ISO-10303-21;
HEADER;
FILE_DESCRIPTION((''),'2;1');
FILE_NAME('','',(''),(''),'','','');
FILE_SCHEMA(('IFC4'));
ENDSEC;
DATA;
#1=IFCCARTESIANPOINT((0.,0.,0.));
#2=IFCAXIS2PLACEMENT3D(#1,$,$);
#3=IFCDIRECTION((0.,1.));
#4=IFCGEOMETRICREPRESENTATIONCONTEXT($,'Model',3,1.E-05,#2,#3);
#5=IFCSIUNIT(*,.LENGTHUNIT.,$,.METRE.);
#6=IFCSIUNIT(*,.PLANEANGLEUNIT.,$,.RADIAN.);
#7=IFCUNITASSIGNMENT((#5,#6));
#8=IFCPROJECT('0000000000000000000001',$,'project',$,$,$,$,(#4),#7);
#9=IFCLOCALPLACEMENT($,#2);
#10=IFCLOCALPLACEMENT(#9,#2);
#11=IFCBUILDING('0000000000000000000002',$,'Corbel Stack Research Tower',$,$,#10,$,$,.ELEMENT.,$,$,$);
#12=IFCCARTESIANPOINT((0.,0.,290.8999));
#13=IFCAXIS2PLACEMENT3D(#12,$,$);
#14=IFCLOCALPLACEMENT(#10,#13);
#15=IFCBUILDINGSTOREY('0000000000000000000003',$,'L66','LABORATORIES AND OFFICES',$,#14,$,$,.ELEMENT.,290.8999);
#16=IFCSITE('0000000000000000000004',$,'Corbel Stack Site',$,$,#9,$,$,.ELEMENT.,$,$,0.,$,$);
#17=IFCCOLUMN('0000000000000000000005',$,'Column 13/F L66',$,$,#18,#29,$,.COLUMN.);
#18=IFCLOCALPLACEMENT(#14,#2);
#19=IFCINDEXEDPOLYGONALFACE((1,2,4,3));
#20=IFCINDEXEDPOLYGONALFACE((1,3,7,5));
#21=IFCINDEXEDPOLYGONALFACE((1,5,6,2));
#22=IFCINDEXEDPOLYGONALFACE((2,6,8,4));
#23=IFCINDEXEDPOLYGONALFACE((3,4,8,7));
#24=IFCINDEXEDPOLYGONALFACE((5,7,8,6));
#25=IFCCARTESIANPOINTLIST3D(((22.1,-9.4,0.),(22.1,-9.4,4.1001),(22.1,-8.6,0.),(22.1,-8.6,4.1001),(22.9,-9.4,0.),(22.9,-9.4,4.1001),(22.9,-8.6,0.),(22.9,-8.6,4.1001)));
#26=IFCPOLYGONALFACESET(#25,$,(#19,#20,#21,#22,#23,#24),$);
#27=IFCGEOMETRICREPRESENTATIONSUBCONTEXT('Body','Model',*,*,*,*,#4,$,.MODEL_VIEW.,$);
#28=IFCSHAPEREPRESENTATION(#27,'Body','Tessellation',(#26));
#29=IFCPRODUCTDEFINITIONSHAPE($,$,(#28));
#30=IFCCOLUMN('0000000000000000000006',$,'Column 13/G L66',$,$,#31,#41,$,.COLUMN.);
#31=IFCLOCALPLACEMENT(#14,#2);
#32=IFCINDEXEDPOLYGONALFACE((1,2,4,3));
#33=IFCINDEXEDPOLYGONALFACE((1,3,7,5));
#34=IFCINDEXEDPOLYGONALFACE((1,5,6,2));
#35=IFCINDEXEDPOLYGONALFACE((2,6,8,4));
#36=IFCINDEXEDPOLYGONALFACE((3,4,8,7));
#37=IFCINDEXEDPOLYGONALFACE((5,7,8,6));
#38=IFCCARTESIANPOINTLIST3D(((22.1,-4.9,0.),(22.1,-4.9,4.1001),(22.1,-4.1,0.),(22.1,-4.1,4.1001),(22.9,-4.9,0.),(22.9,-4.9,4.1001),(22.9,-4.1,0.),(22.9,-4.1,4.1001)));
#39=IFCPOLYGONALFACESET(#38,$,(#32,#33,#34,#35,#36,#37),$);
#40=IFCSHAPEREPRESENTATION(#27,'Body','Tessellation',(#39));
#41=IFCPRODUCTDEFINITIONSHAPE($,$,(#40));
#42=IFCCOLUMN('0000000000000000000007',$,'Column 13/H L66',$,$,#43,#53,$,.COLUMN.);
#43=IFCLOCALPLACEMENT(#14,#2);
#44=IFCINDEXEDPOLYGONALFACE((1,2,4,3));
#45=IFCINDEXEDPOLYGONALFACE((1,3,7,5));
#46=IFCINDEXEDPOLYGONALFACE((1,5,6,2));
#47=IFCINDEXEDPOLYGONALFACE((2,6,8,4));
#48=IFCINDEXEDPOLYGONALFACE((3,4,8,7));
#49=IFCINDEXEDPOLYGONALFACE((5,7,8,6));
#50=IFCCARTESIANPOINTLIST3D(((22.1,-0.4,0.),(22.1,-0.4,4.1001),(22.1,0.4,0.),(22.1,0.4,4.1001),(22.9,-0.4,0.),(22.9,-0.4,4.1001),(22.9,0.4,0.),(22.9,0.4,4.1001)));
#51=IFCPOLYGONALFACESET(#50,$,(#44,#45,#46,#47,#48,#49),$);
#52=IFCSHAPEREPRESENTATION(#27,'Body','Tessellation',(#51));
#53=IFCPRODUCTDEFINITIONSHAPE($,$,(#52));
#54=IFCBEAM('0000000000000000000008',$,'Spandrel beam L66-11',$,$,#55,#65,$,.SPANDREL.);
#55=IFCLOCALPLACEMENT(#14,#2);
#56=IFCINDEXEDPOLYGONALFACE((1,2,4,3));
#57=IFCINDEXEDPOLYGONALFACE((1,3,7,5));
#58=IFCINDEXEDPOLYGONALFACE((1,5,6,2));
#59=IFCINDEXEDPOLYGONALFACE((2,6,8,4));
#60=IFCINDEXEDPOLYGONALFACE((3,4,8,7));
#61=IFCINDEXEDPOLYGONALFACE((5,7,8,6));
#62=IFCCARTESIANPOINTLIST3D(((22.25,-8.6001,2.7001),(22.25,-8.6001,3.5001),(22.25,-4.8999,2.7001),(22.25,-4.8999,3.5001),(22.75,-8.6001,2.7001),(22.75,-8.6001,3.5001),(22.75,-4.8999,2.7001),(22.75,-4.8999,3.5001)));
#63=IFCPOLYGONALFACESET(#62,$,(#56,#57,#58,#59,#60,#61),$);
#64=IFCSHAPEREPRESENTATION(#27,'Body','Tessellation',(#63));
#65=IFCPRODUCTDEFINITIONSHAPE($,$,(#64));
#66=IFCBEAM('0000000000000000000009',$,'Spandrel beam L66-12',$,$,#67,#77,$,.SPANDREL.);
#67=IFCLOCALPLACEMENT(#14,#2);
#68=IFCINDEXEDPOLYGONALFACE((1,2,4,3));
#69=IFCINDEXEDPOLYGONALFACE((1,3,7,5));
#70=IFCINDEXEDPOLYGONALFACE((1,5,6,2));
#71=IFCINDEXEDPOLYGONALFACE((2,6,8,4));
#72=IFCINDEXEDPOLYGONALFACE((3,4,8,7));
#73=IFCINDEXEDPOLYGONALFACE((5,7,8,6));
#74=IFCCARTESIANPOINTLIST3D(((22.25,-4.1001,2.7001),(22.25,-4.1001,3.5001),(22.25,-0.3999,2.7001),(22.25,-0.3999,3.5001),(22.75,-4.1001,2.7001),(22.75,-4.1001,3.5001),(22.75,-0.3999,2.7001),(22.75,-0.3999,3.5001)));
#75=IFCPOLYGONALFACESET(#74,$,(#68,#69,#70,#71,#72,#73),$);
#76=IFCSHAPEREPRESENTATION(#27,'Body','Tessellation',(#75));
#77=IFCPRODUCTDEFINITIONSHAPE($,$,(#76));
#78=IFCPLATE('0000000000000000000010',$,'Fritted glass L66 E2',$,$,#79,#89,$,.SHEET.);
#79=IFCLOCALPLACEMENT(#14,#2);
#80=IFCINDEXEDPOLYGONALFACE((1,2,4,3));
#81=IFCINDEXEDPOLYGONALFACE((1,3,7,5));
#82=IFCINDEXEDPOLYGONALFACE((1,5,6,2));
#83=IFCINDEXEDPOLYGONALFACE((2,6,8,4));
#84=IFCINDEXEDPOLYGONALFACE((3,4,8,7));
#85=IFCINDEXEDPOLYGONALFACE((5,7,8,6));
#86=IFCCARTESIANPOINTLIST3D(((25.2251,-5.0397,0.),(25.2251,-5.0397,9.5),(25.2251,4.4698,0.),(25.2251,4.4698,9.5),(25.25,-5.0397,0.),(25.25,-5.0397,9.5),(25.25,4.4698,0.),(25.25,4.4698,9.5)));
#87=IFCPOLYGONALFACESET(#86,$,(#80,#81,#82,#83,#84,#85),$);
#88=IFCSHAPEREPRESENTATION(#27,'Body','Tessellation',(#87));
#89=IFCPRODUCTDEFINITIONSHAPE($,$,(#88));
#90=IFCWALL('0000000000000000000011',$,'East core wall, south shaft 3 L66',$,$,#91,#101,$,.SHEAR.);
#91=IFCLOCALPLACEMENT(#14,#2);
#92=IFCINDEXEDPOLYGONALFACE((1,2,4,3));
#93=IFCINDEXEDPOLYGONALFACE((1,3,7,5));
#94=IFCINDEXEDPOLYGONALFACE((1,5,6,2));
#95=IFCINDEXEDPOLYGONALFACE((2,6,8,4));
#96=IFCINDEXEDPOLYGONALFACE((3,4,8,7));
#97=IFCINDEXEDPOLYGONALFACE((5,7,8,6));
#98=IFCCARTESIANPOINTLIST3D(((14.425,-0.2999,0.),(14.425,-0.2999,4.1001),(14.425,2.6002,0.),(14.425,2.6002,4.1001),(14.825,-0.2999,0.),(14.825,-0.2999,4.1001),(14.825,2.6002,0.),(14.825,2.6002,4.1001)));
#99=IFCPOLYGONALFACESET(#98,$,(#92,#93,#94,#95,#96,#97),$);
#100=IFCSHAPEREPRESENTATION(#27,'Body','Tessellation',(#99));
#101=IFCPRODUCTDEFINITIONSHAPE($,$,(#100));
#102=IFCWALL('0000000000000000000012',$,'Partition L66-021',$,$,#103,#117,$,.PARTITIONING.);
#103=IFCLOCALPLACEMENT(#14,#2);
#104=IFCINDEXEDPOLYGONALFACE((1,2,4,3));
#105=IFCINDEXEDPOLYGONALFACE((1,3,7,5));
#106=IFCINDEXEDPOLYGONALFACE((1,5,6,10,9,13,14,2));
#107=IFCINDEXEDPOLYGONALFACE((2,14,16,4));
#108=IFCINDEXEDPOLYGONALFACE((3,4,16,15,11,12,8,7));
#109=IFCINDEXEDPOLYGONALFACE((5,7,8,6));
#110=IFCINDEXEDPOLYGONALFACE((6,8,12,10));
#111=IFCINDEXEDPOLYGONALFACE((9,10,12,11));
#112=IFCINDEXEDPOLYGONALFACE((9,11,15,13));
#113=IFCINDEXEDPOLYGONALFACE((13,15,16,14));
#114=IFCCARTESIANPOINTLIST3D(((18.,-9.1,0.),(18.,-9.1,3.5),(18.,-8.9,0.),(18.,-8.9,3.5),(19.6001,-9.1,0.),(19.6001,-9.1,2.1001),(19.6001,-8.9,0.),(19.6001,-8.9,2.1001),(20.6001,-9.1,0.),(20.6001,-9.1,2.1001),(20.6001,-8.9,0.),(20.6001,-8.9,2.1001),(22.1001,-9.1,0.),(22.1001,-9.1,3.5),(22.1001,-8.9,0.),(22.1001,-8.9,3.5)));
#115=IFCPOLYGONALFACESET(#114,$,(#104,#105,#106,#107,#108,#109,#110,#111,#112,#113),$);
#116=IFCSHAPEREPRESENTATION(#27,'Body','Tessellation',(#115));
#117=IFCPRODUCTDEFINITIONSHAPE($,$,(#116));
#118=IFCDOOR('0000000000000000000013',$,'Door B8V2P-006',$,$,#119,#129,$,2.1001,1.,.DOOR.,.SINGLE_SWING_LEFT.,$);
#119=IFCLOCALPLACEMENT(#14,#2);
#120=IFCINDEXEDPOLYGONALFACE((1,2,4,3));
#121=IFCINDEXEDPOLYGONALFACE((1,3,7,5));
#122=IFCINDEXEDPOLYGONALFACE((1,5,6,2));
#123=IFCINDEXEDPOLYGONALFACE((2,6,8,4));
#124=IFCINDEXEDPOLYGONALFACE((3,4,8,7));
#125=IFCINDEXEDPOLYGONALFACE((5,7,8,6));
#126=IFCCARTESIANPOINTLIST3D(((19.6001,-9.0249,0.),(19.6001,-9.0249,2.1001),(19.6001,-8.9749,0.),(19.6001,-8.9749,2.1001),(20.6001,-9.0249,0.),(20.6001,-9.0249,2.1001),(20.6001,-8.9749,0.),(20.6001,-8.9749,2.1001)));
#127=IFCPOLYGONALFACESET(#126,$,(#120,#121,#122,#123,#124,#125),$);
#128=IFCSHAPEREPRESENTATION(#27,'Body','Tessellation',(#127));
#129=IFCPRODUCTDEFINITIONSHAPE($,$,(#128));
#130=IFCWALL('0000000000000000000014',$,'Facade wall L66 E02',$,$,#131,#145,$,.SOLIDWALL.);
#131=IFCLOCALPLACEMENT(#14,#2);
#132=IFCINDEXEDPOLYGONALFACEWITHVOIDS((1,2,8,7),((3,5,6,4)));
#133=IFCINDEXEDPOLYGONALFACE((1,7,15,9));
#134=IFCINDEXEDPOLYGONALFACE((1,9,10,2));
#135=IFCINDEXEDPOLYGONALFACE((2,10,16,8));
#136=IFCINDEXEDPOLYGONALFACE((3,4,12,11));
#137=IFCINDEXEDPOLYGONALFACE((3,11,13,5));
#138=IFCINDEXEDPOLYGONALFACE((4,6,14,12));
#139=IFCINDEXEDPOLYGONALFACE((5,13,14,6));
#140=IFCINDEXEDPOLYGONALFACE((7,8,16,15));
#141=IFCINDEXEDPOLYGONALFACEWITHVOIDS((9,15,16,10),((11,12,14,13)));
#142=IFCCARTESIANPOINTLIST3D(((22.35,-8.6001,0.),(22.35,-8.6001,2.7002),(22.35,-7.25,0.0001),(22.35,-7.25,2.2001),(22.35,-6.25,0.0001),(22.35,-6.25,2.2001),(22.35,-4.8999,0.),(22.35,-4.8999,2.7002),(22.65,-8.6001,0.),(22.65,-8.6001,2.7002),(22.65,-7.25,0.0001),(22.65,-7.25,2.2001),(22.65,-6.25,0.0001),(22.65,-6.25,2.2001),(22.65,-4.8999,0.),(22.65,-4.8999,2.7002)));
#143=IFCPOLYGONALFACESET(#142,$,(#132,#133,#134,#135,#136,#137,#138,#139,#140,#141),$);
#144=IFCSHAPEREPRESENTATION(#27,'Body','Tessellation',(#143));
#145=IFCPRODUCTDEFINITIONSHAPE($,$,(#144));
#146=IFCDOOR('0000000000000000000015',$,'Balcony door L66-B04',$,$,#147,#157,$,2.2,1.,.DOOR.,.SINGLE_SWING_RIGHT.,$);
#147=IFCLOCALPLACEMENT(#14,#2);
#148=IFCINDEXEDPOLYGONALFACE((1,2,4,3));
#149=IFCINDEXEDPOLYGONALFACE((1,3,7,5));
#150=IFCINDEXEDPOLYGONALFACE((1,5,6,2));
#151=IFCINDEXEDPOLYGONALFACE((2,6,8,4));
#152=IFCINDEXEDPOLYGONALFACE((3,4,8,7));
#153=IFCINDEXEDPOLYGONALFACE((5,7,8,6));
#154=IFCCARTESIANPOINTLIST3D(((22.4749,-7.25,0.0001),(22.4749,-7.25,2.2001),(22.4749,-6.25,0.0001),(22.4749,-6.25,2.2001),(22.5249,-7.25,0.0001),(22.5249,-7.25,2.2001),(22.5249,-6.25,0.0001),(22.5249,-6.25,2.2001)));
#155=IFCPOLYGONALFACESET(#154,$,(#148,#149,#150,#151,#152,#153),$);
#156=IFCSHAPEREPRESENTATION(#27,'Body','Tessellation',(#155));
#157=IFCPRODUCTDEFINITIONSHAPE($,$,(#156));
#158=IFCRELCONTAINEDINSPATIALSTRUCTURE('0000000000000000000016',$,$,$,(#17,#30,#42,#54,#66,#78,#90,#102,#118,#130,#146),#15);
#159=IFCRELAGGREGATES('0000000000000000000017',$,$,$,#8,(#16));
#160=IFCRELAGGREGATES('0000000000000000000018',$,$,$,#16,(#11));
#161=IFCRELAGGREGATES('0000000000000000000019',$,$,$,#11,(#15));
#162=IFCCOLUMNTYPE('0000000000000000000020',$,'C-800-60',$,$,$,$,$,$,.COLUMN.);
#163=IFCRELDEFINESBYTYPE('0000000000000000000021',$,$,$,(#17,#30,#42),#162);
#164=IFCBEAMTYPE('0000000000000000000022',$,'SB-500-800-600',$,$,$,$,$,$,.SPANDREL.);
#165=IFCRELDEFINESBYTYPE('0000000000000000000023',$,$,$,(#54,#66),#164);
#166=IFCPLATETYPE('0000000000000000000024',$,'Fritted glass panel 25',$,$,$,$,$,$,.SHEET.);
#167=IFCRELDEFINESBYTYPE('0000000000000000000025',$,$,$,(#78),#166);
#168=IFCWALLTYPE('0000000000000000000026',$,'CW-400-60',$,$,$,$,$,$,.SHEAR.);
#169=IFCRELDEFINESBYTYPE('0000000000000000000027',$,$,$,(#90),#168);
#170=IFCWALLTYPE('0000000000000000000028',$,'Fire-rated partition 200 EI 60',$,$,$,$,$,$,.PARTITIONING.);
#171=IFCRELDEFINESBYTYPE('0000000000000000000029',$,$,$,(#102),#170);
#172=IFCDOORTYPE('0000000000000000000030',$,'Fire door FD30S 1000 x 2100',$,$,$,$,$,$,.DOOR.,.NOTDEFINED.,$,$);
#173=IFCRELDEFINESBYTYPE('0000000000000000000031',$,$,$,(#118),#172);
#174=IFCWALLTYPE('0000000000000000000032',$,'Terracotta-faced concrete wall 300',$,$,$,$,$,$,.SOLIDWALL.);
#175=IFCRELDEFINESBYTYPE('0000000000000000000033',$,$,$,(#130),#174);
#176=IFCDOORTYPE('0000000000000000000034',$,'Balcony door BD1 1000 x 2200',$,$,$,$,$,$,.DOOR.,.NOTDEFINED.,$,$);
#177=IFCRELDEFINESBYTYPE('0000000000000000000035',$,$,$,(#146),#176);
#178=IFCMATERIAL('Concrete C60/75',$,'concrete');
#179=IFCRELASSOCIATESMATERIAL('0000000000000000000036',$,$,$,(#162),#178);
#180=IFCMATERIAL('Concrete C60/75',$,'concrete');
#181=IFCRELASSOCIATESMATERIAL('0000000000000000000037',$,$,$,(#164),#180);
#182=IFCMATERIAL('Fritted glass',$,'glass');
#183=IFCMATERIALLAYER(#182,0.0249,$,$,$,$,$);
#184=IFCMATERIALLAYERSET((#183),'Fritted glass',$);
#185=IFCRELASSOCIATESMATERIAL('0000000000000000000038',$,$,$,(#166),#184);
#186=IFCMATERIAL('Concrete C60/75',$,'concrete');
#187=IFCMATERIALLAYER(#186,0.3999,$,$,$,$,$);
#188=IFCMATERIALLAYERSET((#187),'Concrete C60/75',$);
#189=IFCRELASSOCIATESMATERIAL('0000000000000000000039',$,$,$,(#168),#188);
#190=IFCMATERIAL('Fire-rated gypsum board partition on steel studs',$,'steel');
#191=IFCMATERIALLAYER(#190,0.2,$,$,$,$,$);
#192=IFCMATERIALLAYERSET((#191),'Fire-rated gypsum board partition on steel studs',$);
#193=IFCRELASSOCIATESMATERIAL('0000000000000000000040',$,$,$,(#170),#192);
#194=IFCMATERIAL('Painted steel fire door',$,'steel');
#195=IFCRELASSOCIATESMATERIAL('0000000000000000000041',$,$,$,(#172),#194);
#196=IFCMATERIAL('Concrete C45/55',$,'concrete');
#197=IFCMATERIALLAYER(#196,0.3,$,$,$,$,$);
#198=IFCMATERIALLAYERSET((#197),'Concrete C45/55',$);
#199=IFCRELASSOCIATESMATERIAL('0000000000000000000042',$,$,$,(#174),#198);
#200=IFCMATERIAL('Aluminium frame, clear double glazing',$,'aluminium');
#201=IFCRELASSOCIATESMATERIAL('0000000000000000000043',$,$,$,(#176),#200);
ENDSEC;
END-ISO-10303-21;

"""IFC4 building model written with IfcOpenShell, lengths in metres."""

from ifc_helpers import new_model, si_unit, direction, frame, frame_2d, origin, origin_2d, place, context, subcontext, project, spatial, rectangle, extrude, material, layer, layer_set, material_profile, profile_set, type_object, element, fill, save


model = new_model("IFC4")

# Units and contexts
model_context = context("Model", 3, precision=1e-05, world=origin(), true_north=direction((0.0, 1.0)))
body_context = subcontext(model_context, "Body", "Model", "MODEL_VIEW")
ifc_project = project(units=[si_unit("LENGTHUNIT", "METRE"), si_unit("PLANEANGLEUNIT", "RADIAN")], contexts=[model_context])

# Site, building, storey
site_placement = place(None, origin())
site = spatial("IfcSite", under=ifc_project, at=site_placement, Name="Corbel Stack Site", CompositionType="ELEMENT", RefElevation=0.0)
building_placement = place(site_placement, origin())
building = spatial("IfcBuilding", under=site, at=building_placement, Name="Corbel Stack Research Tower", CompositionType="ELEMENT")
storey_placement = place(building_placement, frame((0.0, 0.0, 290.8999)))
storey = spatial("IfcBuildingStorey", under=building, at=storey_placement, Name="L66", Description="LABORATORIES AND OFFICES", CompositionType="ELEMENT", Elevation=290.8999)

# Columns
ifc_material_1 = material(Name="Concrete C60/75", Category="concrete")
ifc_material_profile_1 = material_profile(ifc_material_1, rectangle(XDim=0.8, YDim=0.8, at=origin_2d()), Name="RC 800 x 800")
ifc_profile_set_1 = profile_set([ifc_material_profile_1], Name="Concrete C60/75")
column_type = type_object("IfcColumnType", Name="C-800-60", PredefinedType="COLUMN", material=ifc_profile_set_1)
for number, where, z_axis, x_axis, name in (
    (1, (22.5, -9.0, 0.0), (0.0, 0.0, 1.0), (1.0, 0.0, 0.0), "Column 13/F L66"),
    (2, (22.5, -4.5, 0.0), (0.0, 0.0, 1.0), (1.0, 0.0, 0.0), "Column 13/G L66"),
    (3, (22.5, 0.0, 0.0), (0.0, 0.0, 1.0), (1.0, 0.0, 0.0), "Column 13/H L66"),
):
    element("IfcColumn", number, at=place(storey_placement, frame(where, z_axis=z_axis, x_axis=x_axis)), inside=storey, type_object=column_type, Name=name, PredefinedType="COLUMN", context=body_context, shape_type="SweptSolid", body=[
        extrude(rectangle(XDim=0.8, YDim=0.8, at=origin_2d()), origin(), (0.0, 0.0, 1.0), 4.1001),
    ])

# Beams
ifc_material_2 = material(Name="Concrete C60/75", Category="concrete")
ifc_material_profile_2 = material_profile(ifc_material_2, rectangle(XDim=0.5, YDim=0.8, at=origin_2d()), Name="RC 500 x 800")
ifc_profile_set_2 = profile_set([ifc_material_profile_2], Name="Concrete C60/75")
beam_type = type_object("IfcBeamType", Name="SB-500-800-600", PredefinedType="SPANDREL", material=ifc_profile_set_2)
for number, where, z_axis, x_axis, name in (
    (4, (22.5, -8.6001, 3.1001), (0.0, 1.0, 0.0), (-1.0, 0.0, 0.0), "Spandrel beam L66-11"),
    (5, (22.5, -4.1001, 3.1001), (0.0, 1.0, 0.0), (-1.0, 0.0, 0.0), "Spandrel beam L66-12"),
):
    element("IfcBeam", number, at=place(storey_placement, frame(where, z_axis=z_axis, x_axis=x_axis)), inside=storey, type_object=beam_type, Name=name, PredefinedType="SPANDREL", context=body_context, shape_type="SweptSolid", body=[
        extrude(rectangle(XDim=0.5, YDim=0.8, at=origin_2d()), origin(), (0.0, 0.0, 1.0), 3.7002),
    ])

# Plate
ifc_material_3 = material(Name="Fritted glass", Category="glass")
ifc_layer_1 = layer(ifc_material_3, 0.0249)
ifc_layer_set_1 = layer_set([ifc_layer_1], Name="Fritted glass")
plate_type = type_object("IfcPlateType", Name="Fritted glass panel 25", PredefinedType="SHEET", material=ifc_layer_set_1)
plate_placement = place(storey_placement, frame((25.2375, -0.2849, 0.0), z_axis=(0.0, 0.0, 1.0), x_axis=(0.0, 1.0, 0.0)))
element("IfcPlate", 6, at=plate_placement, inside=storey, type_object=plate_type, Name="Fritted glass L66 E2", PredefinedType="SHEET", context=body_context, shape_type="SweptSolid", body=[
    extrude(rectangle(XDim=9.5095, YDim=0.0249, at=origin_2d()), origin(), (0.0, 0.0, 1.0), 9.5),
])

# Wall
ifc_material_4 = material(Name="Concrete C60/75", Category="concrete")
ifc_layer_2 = layer(ifc_material_4, 0.3999)
ifc_layer_set_2 = layer_set([ifc_layer_2], Name="Concrete C60/75")
wall_type_1 = type_object("IfcWallType", Name="CW-400-60", PredefinedType="SHEAR", material=ifc_layer_set_2)
wall_1_placement = place(storey_placement, frame((14.625, -0.3, 0.0), z_axis=(0.0, 0.0, 1.0), x_axis=(0.0, 1.0, 0.0)))
element("IfcWall", 7, at=wall_1_placement, inside=storey, type_object=wall_type_1, Name="East core wall, south shaft 3 L66", PredefinedType="SHEAR", context=body_context, shape_type="SweptSolid", body=[
    extrude(rectangle(XDim=2.9001, YDim=0.3999, at=frame_2d((1.4502, 0.0))), origin(), (0.0, 0.0, 1.0), 4.1001),
])

# Walls, openings, doors
ifc_material_5 = material(Name="Fire-rated gypsum board partition on steel studs", Category="steel")
ifc_layer_3 = layer(ifc_material_5, 0.2)
ifc_layer_set_3 = layer_set([ifc_layer_3], Name="Fire-rated gypsum board partition on steel studs")
wall_type_2 = type_object("IfcWallType", Name="Fire-rated partition 200 EI 60", PredefinedType="PARTITIONING", material=ifc_layer_set_3)
wall_2_placement = place(storey_placement, frame((22.1001, -9.0, 0.0), z_axis=(0.0, 0.0, 1.0), x_axis=(-1.0, 0.0, 0.0)))
wall_2 = element("IfcWall", 8, at=wall_2_placement, inside=storey, type_object=wall_type_2, Name="Partition L66-021", PredefinedType="PARTITIONING", context=body_context, shape_type="SweptSolid", body=[
    extrude(rectangle(XDim=4.1001, YDim=0.2, at=frame_2d((2.05, 0.0))), origin(), (0.0, 0.0, 1.0), 3.5),
])
opening_1_placement = place(wall_2_placement, frame((1.5, 0.0, 0.0)))
opening_1 = element("IfcOpeningElement", 9, at=opening_1_placement, cuts=wall_2, PredefinedType="OPENING", context=body_context, shape_type="SweptSolid", body=[
    extrude(rectangle(XDim=1.0, YDim=2.1001, at=frame_2d((0.5, 1.05))), frame((0.0, 0.1099, 0.0), z_axis=(0.0, -1.0, 0.0), x_axis=(1.0, 0.0, 0.0)), (0.0, 0.0, 1.0), 0.22),
])
ifc_material_6 = material(Name="Painted steel fire door", Category="steel")
door_type_1 = type_object("IfcDoorType", Name="Fire door FD30S 1000 x 2100", OperationType="NOTDEFINED", PredefinedType="DOOR", material=ifc_material_6)
door_1_placement = place(opening_1_placement, origin())
door_1 = element("IfcDoor", 10, at=door_1_placement, inside=storey, type_object=door_type_1, Name="Door B8V2P-006", OperationType="SINGLE_SWING_LEFT", OverallHeight=2.1001, OverallWidth=1.0, PredefinedType="DOOR", context=body_context, shape_type="SweptSolid", body=[
    extrude(rectangle(XDim=1.0, YDim=2.1001, at=frame_2d((0.5, 1.05))), frame((0.0, 0.0249, 0.0), z_axis=(0.0, -1.0, 0.0), x_axis=(1.0, 0.0, 0.0)), (0.0, 0.0, 1.0), 0.05),
])
fill(opening_1, door_1)
ifc_material_7 = material(Name="Concrete C45/55", Category="concrete")
ifc_layer_4 = layer(ifc_material_7, 0.3)
ifc_layer_set_4 = layer_set([ifc_layer_4], Name="Concrete C45/55")
wall_type_3 = type_object("IfcWallType", Name="Terracotta-faced concrete wall 300", PredefinedType="SOLIDWALL", material=ifc_layer_set_4)
wall_3_placement = place(storey_placement, frame((22.5, -4.8999, 0.0), z_axis=(0.0, 0.0, 1.0), x_axis=(0.0, -1.0, 0.0)))
wall_3 = element("IfcWall", 11, at=wall_3_placement, inside=storey, type_object=wall_type_3, Name="Facade wall L66 E02", PredefinedType="SOLIDWALL", context=body_context, shape_type="SweptSolid", body=[
    extrude(rectangle(XDim=3.7002, YDim=0.3, at=frame_2d((1.8501, 0.0))), origin(), (0.0, 0.0, 1.0), 2.7002),
])
opening_2_placement = place(wall_3_placement, frame((1.3501, 0.0, 0.0)))
opening_2 = element("IfcOpeningElement", 12, at=opening_2_placement, cuts=wall_3, PredefinedType="OPENING", context=body_context, shape_type="SweptSolid", body=[
    extrude(rectangle(XDim=1.0, YDim=2.2, at=frame_2d((0.5, 1.1001))), frame((0.0, 0.1599, 0.0), z_axis=(0.0, -1.0, 0.0), x_axis=(1.0, 0.0, 0.0)), (0.0, 0.0, 1.0), 0.3201),
])
ifc_material_8 = material(Name="Aluminium frame, clear double glazing", Category="aluminium")
door_type_2 = type_object("IfcDoorType", Name="Balcony door BD1 1000 x 2200", OperationType="NOTDEFINED", PredefinedType="DOOR", material=ifc_material_8)
door_2_placement = place(opening_2_placement, origin())
door_2 = element("IfcDoor", 13, at=door_2_placement, inside=storey, type_object=door_type_2, Name="Balcony door L66-B04", OperationType="SINGLE_SWING_RIGHT", OverallHeight=2.2, OverallWidth=1.0, PredefinedType="DOOR", context=body_context, shape_type="SweptSolid", body=[
    extrude(rectangle(XDim=1.0, YDim=2.2, at=frame_2d((0.5, 1.1001))), frame((0.0, 0.0249, 0.0), z_axis=(0.0, -1.0, 0.0), x_axis=(1.0, 0.0, 0.0)), (0.0, 0.0, 1.0), 0.05),
])
fill(opening_2, door_2)

save(model, "model.ifc")
